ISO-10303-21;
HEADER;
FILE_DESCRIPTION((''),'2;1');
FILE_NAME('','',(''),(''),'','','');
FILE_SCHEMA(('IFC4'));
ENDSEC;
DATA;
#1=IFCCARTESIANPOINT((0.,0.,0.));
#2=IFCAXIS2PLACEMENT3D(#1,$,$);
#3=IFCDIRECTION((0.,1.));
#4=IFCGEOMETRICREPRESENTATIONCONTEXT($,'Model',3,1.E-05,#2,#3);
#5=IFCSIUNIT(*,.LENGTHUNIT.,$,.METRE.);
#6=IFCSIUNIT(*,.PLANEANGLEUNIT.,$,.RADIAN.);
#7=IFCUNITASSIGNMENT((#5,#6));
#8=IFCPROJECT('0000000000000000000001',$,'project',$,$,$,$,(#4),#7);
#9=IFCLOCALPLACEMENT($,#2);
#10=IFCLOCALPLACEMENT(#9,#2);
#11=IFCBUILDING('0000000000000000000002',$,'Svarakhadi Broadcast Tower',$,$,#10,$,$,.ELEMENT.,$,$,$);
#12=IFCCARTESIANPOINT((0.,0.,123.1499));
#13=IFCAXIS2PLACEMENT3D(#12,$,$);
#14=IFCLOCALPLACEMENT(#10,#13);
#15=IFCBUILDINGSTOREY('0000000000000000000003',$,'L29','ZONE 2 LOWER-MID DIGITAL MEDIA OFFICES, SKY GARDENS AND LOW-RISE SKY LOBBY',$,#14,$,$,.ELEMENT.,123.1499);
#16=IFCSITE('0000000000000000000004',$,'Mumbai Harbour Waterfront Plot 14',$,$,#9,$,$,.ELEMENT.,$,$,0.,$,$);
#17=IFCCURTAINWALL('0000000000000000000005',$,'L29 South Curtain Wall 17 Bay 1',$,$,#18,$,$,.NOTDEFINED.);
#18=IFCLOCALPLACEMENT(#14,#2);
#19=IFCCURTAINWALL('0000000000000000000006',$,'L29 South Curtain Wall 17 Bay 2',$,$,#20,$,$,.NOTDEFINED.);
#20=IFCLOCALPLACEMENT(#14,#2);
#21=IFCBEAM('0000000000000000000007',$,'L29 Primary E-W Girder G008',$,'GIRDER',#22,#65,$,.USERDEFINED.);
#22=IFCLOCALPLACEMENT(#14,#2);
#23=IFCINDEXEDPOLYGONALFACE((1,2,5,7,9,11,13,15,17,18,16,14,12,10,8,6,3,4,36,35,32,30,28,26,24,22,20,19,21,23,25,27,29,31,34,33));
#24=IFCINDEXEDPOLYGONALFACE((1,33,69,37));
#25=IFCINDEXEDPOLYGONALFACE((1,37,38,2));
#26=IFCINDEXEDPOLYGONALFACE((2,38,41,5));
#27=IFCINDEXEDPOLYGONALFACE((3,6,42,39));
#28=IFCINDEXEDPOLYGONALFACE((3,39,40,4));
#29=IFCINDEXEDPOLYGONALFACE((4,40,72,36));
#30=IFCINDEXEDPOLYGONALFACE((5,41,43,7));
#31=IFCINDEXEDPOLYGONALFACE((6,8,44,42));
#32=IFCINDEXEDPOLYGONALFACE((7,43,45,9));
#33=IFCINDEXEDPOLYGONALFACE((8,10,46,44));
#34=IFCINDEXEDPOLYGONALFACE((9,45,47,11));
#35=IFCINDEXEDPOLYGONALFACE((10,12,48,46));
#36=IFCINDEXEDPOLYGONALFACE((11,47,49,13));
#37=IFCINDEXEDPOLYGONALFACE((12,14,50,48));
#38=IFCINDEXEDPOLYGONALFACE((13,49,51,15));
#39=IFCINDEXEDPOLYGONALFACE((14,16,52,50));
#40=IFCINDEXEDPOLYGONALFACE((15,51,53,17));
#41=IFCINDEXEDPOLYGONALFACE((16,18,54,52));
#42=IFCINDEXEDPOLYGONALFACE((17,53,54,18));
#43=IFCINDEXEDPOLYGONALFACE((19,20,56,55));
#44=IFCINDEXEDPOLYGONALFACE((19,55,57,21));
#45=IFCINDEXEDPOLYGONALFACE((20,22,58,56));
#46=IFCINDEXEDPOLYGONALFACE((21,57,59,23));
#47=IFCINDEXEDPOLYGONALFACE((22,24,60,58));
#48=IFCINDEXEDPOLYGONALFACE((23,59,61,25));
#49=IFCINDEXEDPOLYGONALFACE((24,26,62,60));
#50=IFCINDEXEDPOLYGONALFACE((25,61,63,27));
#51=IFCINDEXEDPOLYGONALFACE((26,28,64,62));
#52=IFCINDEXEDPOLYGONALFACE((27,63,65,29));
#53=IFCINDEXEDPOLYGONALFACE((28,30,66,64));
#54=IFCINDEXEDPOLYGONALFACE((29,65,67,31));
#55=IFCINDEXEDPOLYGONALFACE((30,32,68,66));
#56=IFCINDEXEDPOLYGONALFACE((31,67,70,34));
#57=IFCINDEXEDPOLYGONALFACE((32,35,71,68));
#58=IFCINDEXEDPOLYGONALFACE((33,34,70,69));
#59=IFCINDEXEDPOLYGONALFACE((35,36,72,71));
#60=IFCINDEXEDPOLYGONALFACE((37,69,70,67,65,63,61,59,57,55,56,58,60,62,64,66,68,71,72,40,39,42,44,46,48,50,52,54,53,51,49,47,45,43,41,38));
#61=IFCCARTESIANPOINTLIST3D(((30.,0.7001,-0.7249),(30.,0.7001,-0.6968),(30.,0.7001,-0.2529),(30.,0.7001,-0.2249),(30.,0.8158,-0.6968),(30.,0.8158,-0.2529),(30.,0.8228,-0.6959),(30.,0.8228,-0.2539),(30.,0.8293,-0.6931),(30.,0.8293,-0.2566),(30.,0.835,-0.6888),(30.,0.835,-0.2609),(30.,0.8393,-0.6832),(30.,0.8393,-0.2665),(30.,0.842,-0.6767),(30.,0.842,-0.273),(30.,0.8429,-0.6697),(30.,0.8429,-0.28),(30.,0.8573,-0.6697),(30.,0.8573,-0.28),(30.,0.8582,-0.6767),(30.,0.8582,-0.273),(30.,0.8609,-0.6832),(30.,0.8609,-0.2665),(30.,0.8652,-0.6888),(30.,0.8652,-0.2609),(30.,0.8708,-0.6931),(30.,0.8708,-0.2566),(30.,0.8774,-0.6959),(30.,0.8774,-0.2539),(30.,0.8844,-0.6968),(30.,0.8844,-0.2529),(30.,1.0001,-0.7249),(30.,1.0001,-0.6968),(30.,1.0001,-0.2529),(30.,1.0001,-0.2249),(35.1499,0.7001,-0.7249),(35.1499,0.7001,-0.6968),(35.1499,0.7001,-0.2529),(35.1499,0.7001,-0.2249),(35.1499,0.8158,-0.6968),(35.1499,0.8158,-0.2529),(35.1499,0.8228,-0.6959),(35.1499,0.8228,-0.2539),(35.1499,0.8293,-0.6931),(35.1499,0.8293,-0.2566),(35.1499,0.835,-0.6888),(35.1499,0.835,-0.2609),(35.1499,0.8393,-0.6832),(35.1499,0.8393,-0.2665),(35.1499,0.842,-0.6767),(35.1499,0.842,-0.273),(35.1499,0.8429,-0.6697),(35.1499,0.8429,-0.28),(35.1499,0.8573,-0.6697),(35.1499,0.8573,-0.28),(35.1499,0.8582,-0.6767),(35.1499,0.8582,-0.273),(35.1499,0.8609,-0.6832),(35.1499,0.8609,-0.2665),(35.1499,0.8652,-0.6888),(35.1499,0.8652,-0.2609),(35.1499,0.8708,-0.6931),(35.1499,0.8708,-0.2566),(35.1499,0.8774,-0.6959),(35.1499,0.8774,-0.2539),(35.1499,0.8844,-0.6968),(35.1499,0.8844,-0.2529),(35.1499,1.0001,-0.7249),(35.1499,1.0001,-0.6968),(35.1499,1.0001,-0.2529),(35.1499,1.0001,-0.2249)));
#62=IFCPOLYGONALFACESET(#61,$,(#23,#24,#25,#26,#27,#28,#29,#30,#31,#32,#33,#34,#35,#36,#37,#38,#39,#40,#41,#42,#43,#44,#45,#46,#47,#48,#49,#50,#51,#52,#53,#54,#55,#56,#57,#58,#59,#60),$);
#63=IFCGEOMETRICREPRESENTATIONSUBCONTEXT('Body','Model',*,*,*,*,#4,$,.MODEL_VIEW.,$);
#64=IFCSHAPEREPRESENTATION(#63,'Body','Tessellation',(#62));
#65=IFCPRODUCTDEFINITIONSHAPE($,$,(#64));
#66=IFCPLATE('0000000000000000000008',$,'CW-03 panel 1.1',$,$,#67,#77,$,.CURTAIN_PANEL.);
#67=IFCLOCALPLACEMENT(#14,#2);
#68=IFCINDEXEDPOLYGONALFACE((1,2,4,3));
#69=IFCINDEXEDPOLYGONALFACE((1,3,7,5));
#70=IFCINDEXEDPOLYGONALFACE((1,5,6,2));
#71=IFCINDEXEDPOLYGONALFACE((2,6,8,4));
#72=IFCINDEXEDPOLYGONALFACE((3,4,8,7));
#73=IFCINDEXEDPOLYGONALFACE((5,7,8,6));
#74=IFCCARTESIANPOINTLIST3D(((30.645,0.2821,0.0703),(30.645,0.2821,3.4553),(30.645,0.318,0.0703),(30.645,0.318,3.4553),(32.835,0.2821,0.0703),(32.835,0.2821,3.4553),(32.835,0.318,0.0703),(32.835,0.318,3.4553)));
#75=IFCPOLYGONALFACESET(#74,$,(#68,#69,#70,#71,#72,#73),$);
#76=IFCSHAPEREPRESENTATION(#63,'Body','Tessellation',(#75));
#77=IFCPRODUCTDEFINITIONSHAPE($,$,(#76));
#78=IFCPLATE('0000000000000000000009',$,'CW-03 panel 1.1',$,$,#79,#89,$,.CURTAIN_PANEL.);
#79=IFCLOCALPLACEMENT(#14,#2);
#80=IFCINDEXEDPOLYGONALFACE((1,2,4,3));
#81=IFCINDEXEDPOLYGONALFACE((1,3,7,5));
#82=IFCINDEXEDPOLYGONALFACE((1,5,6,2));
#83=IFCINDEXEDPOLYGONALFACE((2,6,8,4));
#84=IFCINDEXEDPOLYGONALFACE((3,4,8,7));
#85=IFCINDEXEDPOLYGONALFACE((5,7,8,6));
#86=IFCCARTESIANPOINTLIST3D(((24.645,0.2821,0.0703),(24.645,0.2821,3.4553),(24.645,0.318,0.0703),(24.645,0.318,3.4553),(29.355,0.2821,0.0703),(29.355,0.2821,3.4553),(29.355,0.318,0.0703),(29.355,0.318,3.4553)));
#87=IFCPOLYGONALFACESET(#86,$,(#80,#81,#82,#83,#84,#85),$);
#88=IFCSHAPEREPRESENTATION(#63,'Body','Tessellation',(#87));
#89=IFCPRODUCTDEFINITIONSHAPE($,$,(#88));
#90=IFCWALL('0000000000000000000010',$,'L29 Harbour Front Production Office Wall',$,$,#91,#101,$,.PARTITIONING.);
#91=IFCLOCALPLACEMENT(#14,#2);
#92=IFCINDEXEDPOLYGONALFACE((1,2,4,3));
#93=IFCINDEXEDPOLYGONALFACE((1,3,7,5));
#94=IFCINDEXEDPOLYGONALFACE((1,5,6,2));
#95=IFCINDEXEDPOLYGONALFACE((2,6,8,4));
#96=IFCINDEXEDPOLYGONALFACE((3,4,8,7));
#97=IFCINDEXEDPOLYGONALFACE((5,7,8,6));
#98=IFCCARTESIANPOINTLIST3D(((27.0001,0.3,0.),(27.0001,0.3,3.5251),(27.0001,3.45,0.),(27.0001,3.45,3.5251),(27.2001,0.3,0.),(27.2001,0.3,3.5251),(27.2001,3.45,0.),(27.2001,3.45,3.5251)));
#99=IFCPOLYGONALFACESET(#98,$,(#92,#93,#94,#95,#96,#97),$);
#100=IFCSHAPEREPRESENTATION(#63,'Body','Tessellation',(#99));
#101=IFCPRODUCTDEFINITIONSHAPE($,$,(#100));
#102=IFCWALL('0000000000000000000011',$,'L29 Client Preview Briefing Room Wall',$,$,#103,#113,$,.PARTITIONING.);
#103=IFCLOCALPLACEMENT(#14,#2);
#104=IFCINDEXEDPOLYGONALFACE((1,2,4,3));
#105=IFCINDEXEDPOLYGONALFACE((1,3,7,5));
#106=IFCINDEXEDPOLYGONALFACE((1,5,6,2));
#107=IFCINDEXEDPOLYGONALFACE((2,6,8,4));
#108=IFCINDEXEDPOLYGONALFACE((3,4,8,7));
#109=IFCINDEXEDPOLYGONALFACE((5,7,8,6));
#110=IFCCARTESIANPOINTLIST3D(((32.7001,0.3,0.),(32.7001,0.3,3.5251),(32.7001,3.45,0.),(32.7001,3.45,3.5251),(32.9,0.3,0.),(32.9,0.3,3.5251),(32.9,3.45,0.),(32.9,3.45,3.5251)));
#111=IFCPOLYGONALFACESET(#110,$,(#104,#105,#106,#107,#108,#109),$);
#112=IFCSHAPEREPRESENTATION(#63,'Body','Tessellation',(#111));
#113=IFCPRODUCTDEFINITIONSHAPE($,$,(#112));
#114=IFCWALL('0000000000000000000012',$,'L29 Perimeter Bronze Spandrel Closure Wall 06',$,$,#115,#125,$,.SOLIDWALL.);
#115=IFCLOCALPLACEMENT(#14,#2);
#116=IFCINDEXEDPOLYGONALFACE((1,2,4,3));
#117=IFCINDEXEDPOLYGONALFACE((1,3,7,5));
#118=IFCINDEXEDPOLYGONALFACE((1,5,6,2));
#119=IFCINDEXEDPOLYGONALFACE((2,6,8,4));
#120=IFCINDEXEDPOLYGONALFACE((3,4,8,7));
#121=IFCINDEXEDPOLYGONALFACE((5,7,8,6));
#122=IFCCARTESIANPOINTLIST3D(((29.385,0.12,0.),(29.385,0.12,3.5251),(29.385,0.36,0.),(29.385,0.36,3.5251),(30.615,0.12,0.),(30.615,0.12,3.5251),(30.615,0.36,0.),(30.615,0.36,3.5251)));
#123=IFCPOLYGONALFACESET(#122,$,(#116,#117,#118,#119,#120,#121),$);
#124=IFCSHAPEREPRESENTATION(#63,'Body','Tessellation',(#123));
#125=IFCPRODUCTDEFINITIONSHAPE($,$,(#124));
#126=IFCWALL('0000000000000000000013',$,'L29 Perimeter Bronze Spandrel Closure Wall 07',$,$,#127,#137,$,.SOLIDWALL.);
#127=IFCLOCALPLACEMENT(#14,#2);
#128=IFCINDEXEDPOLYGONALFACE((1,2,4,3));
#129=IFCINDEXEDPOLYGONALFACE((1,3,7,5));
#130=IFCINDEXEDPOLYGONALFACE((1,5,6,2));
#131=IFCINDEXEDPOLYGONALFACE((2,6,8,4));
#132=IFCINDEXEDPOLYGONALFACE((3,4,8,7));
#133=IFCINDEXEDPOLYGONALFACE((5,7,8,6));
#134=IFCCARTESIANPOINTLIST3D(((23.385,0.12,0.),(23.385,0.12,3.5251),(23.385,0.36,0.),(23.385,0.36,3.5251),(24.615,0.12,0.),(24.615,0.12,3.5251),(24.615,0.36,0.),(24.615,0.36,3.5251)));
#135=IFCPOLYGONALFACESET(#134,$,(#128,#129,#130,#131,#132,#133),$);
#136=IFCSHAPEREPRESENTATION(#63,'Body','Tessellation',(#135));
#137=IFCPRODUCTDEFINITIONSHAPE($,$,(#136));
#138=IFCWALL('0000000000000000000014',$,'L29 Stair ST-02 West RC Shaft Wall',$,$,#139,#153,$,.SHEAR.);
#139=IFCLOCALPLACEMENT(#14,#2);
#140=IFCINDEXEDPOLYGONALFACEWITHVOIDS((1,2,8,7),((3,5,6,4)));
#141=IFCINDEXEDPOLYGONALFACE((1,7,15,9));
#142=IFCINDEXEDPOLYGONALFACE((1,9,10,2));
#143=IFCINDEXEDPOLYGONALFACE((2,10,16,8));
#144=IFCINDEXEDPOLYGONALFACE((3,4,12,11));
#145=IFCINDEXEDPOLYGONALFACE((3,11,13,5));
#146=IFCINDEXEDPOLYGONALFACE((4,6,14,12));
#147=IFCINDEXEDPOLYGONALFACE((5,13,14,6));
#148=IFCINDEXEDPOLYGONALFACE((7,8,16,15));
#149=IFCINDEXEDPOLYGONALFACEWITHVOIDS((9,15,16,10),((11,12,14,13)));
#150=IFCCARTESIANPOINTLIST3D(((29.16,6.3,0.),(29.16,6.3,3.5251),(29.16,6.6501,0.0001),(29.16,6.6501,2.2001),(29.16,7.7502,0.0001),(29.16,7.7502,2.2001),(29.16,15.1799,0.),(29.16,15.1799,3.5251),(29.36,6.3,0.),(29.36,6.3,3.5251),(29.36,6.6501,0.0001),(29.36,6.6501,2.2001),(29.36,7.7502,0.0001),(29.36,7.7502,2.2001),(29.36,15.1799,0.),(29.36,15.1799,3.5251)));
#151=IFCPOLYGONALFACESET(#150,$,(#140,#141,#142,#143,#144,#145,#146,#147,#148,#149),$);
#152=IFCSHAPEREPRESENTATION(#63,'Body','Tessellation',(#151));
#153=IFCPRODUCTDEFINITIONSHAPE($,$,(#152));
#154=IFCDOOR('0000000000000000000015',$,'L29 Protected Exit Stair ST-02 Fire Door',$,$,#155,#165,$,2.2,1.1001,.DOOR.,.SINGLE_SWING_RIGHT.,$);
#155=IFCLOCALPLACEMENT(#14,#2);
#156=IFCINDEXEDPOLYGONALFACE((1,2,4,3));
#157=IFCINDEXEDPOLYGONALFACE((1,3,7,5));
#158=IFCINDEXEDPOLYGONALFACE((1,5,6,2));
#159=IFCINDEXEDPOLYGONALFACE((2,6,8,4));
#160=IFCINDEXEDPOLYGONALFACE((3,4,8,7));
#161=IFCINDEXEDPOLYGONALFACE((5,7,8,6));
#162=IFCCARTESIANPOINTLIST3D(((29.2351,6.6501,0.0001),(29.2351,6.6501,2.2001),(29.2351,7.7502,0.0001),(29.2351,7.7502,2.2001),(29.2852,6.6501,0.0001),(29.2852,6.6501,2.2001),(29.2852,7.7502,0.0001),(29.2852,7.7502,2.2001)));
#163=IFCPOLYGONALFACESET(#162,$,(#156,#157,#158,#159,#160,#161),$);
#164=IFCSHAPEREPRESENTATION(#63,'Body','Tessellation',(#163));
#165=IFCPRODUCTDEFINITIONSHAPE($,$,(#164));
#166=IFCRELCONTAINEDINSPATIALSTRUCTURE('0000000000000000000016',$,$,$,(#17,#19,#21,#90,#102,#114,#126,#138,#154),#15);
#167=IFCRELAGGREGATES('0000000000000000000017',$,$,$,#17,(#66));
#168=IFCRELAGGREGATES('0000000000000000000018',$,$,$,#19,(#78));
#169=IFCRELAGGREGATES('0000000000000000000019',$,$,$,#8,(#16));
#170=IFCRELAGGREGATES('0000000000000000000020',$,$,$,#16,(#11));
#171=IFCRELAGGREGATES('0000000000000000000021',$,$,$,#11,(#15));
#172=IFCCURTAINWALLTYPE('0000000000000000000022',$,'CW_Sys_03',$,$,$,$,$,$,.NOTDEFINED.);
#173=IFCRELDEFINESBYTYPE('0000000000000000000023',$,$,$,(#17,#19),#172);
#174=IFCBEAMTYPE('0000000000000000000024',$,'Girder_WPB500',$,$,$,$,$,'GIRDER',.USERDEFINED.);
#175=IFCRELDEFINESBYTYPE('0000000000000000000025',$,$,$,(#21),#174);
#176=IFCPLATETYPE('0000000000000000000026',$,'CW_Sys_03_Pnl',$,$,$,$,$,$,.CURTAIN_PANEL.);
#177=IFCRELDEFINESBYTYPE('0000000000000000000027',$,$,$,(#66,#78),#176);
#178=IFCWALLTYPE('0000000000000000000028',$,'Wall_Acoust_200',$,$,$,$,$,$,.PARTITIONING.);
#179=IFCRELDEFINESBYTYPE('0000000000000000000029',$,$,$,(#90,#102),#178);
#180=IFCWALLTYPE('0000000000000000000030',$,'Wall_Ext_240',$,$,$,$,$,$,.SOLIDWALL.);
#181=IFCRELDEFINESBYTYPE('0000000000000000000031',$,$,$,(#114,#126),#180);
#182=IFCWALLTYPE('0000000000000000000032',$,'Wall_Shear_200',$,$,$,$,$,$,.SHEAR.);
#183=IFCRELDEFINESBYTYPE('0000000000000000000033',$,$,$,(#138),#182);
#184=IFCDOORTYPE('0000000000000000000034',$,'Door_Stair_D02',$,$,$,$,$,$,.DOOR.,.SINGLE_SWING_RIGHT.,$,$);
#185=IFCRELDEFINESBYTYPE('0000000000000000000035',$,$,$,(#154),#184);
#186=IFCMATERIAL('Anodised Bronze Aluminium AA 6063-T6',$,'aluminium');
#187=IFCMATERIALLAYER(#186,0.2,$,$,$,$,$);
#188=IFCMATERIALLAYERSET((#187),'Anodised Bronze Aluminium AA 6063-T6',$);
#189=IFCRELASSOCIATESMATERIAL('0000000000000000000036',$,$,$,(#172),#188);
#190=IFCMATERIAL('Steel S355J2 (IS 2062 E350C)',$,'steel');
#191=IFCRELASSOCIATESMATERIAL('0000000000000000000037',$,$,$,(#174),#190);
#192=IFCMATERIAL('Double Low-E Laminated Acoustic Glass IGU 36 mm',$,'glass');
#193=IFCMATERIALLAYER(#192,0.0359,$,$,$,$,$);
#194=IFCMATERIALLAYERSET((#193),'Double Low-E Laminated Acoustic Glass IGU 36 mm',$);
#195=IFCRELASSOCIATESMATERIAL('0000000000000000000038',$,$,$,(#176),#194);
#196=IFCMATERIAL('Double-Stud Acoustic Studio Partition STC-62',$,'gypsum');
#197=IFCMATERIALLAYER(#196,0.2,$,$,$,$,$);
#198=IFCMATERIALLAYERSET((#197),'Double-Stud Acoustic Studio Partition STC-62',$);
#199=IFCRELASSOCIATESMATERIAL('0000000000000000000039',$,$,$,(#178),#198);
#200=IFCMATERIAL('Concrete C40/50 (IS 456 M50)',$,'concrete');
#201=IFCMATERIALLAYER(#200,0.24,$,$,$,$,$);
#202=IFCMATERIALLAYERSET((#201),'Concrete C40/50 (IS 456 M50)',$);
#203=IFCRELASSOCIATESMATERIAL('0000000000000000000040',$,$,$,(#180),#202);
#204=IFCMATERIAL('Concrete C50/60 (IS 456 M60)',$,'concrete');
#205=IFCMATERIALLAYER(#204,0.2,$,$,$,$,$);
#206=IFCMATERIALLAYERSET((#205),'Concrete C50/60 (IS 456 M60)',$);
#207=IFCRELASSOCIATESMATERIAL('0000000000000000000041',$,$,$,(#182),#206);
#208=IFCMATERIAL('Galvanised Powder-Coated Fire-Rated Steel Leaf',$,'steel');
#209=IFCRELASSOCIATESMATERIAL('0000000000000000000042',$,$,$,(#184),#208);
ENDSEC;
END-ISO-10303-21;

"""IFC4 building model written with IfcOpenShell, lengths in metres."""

from ifc_helpers import new_model, si_unit, direction, frame, frame_2d, origin, origin_2d, place, context, subcontext, project, spatial, rectangle, i_section, extrude, material, layer, layer_set, material_profile, profile_set, type_object, element, fill, aggregate, save


model = new_model("IFC4")

# Units and contexts
model_context = context("Model", 3, precision=1e-05, world=origin(), true_north=direction((0.0, 1.0)))
body_context = subcontext(model_context, "Body", "Model", "MODEL_VIEW")
ifc_project = project(units=[si_unit("LENGTHUNIT", "METRE"), si_unit("PLANEANGLEUNIT", "RADIAN")], contexts=[model_context])

# Site, building, storey
site_placement = place(None, origin())
site = spatial("IfcSite", under=ifc_project, at=site_placement, Name="Mumbai Harbour Waterfront Plot 14", CompositionType="ELEMENT", RefElevation=0.0)
building_placement = place(site_placement, origin())
building = spatial("IfcBuilding", under=site, at=building_placement, Name="Svarakhadi Broadcast Tower", CompositionType="ELEMENT")
storey_placement = place(building_placement, frame((0.0, 0.0, 123.1499)))
storey = spatial("IfcBuildingStorey", under=building, at=storey_placement, Name="L29", Description="ZONE 2 LOWER-MID DIGITAL MEDIA OFFICES, SKY GARDENS AND LOW-RISE SKY LOBBY", CompositionType="ELEMENT", Elevation=123.1499)

# Shared definitions
ifc_material_1 = material(Name="Concrete C50/60 (IS 456 M60)", Category="concrete")

# Curtain wall
ifc_material_2 = material(Name="Anodised Bronze Aluminium AA 6063-T6", Category="aluminium")
ifc_layer_1 = layer(ifc_material_2, 0.2)
ifc_layer_set_1 = layer_set([ifc_layer_1], Name="Anodised Bronze Aluminium AA 6063-T6")
curtain_wall_type = type_object("IfcCurtainWallType", Name="CW_Sys_03", PredefinedType="NOTDEFINED", material=ifc_layer_set_1)
curtain_wall_1_placement = place(storey_placement, origin())
curtain_wall_1 = element("IfcCurtainWall", 1, at=curtain_wall_1_placement, inside=storey, type_object=curtain_wall_type, Name="L29 South Curtain Wall 17 Bay 1", PredefinedType="NOTDEFINED")

# Curtain wall
curtain_wall_2_placement = place(storey_placement, origin())
curtain_wall_2 = element("IfcCurtainWall", 2, at=curtain_wall_2_placement, inside=storey, type_object=curtain_wall_type, Name="L29 South Curtain Wall 17 Bay 2", PredefinedType="NOTDEFINED")

# Beam
ifc_material_3 = material(Name="Steel S355J2 (IS 2062 E350C)", Category="steel")
ifc_material_profile_1 = material_profile(ifc_material_3, i_section(OverallWidth=0.3, OverallDepth=0.5, WebThickness=0.0144, FlangeThickness=0.0281, FilletRadius=0.0271, at=origin_2d()), Name="WPB 500x300x187")
ifc_profile_set_1 = profile_set([ifc_material_profile_1], Name="Steel S355J2 (IS 2062 E350C)")
beam_type_1 = type_object("IfcBeamType", Name="Girder_WPB500", ElementType="GIRDER", PredefinedType="USERDEFINED", material=ifc_profile_set_1)
beam_1_placement = place(storey_placement, frame((30.0, 0.8501, -0.4749), z_axis=(1.0, 0.0, 0.0), x_axis=(0.0, 1.0, 0.0)))
element("IfcBeam", 3, at=beam_1_placement, inside=storey, type_object=beam_type_1, Name="L29 Primary E-W Girder G008", ObjectType="GIRDER", PredefinedType="USERDEFINED", context=body_context, shape_type="SweptSolid", body=[
    extrude(i_section(OverallWidth=0.3, OverallDepth=0.5, WebThickness=0.0144, FlangeThickness=0.0281, FilletRadius=0.0271, at=origin_2d()), origin(), (0.0, 0.0, 1.0), 5.1499),
])

# Plates
ifc_material_4 = material(Name="Double Low-E Laminated Acoustic Glass IGU 36 mm", Category="glass")
ifc_layer_2 = layer(ifc_material_4, 0.0359)
ifc_layer_set_2 = layer_set([ifc_layer_2], Name="Double Low-E Laminated Acoustic Glass IGU 36 mm")
plate_type = type_object("IfcPlateType", Name="CW_Sys_03_Pnl", PredefinedType="CURTAIN_PANEL", material=ifc_layer_set_2)
plate_1_placement = place(storey_placement, frame((31.74, 0.3, 0.0703), z_axis=(0.0, 0.0, 1.0), x_axis=(-1.0, 0.0, 0.0)))
plate_1 = element("IfcPlate", 4, at=plate_1_placement, type_object=plate_type, Name="CW-03 panel 1.1", PredefinedType="CURTAIN_PANEL", context=body_context, shape_type="SweptSolid", body=[
    extrude(rectangle(XDim=2.1899, YDim=0.0359, at=origin_2d()), origin(), (0.0, 0.0, 1.0), 3.385),
])
aggregate(curtain_wall_1, [plate_1])
plate_2_placement = place(storey_placement, frame((27.0, 0.3, 0.0703), z_axis=(0.0, 0.0, 1.0), x_axis=(-1.0, 0.0, 0.0)))
plate_2 = element("IfcPlate", 5, at=plate_2_placement, type_object=plate_type, Name="CW-03 panel 1.1", PredefinedType="CURTAIN_PANEL", context=body_context, shape_type="SweptSolid", body=[
    extrude(rectangle(XDim=4.71, YDim=0.0359, at=origin_2d()), origin(), (0.0, 0.0, 1.0), 3.385),
])
aggregate(curtain_wall_2, [plate_2])

# Walls
ifc_material_5 = material(Name="Double-Stud Acoustic Studio Partition STC-62", Category="gypsum")
ifc_layer_3 = layer(ifc_material_5, 0.2)
ifc_layer_set_3 = layer_set([ifc_layer_3], Name="Double-Stud Acoustic Studio Partition STC-62")
wall_type_1 = type_object("IfcWallType", Name="Wall_Acoust_200", PredefinedType="PARTITIONING", material=ifc_layer_set_3)
for number, where, z_axis, x_axis, name in (
    (6, (27.1001, 0.3, 0.0), (0.0, 0.0, 1.0), (0.0, 1.0, 0.0), "L29 Harbour Front Production Office Wall"),
    (7, (32.8, 0.3, 0.0), (0.0, 0.0, 1.0), (0.0, 1.0, 0.0), "L29 Client Preview Briefing Room Wall"),
):
    element("IfcWall", number, at=place(storey_placement, frame(where, z_axis=z_axis, x_axis=x_axis)), inside=storey, type_object=wall_type_1, Name=name, PredefinedType="PARTITIONING", context=body_context, shape_type="SweptSolid", body=[
        extrude(rectangle(XDim=3.1499, YDim=0.2, at=frame_2d((1.575, 0.0))), origin(), (0.0, 0.0, 1.0), 3.5251),
    ])
ifc_material_6 = material(Name="Concrete C40/50 (IS 456 M50)", Category="concrete")
ifc_layer_4 = layer(ifc_material_6, 0.24)
ifc_layer_set_4 = layer_set([ifc_layer_4], Name="Concrete C40/50 (IS 456 M50)")
wall_type_2 = type_object("IfcWallType", Name="Wall_Ext_240", PredefinedType="SOLIDWALL", material=ifc_layer_set_4)
for number, where, z_axis, x_axis, name in (
    (8, (30.615, 0.24, 0.0), (0.0, 0.0, 1.0), (-1.0, 0.0, 0.0), "L29 Perimeter Bronze Spandrel Closure Wall 06"),
    (9, (24.615, 0.24, 0.0), (0.0, 0.0, 1.0), (-1.0, 0.0, 0.0), "L29 Perimeter Bronze Spandrel Closure Wall 07"),
):
    element("IfcWall", number, at=place(storey_placement, frame(where, z_axis=z_axis, x_axis=x_axis)), inside=storey, type_object=wall_type_2, Name=name, PredefinedType="SOLIDWALL", context=body_context, shape_type="SweptSolid", body=[
        extrude(rectangle(XDim=1.23, YDim=0.24, at=frame_2d((0.615, 0.0))), origin(), (0.0, 0.0, 1.0), 3.5251),
    ])

# Wall, opening, door
ifc_layer_5 = layer(ifc_material_1, 0.2)
ifc_layer_set_5 = layer_set([ifc_layer_5], Name="Concrete C50/60 (IS 456 M60)")
wall_type_3 = type_object("IfcWallType", Name="Wall_Shear_200", PredefinedType="SHEAR", material=ifc_layer_set_5)
wall_1_placement = place(storey_placement, frame((29.26, 6.3, 0.0), z_axis=(0.0, 0.0, 1.0), x_axis=(0.0, 1.0, 0.0)))
wall_1 = element("IfcWall", 10, at=wall_1_placement, inside=storey, type_object=wall_type_3, Name="L29 Stair ST-02 West RC Shaft Wall", PredefinedType="SHEAR", context=body_context, shape_type="SweptSolid", body=[
    extrude(rectangle(XDim=8.8799, YDim=0.2, at=frame_2d((4.4399, 0.0))), origin(), (0.0, 0.0, 1.0), 3.5251),
])
opening_1_placement = place(wall_1_placement, frame((0.3501, 0.0, 0.0)))
opening_1 = element("IfcOpeningElement", 11, at=opening_1_placement, cuts=wall_1, PredefinedType="OPENING", context=body_context, shape_type="SweptSolid", body=[
    extrude(rectangle(XDim=1.1001, YDim=2.2, at=frame_2d((0.55, 1.1001))), frame((0.0, 0.1099, 0.0), z_axis=(0.0, -1.0, 0.0), x_axis=(1.0, 0.0, 0.0)), (0.0, 0.0, 1.0), 0.22),
])
ifc_material_7 = material(Name="Galvanised Powder-Coated Fire-Rated Steel Leaf", Category="steel")
door_type_1 = type_object("IfcDoorType", Name="Door_Stair_D02", OperationType="SINGLE_SWING_RIGHT", PredefinedType="DOOR", material=ifc_material_7)
door_1_placement = place(opening_1_placement, origin())
door_1 = element("IfcDoor", 12, at=door_1_placement, inside=storey, type_object=door_type_1, Name="L29 Protected Exit Stair ST-02 Fire Door", OperationType="SINGLE_SWING_RIGHT", OverallHeight=2.2, OverallWidth=1.1001, PredefinedType="DOOR", context=body_context, shape_type="SweptSolid", body=[
    extrude(rectangle(XDim=1.1001, YDim=2.2, at=frame_2d((0.55, 1.1001))), frame((0.0, 0.0249, 0.0), z_axis=(0.0, -1.0, 0.0), x_axis=(1.0, 0.0, 0.0)), (0.0, 0.0, 1.0), 0.05),
])
fill(opening_1, door_1)

save(model, "model.ifc")
